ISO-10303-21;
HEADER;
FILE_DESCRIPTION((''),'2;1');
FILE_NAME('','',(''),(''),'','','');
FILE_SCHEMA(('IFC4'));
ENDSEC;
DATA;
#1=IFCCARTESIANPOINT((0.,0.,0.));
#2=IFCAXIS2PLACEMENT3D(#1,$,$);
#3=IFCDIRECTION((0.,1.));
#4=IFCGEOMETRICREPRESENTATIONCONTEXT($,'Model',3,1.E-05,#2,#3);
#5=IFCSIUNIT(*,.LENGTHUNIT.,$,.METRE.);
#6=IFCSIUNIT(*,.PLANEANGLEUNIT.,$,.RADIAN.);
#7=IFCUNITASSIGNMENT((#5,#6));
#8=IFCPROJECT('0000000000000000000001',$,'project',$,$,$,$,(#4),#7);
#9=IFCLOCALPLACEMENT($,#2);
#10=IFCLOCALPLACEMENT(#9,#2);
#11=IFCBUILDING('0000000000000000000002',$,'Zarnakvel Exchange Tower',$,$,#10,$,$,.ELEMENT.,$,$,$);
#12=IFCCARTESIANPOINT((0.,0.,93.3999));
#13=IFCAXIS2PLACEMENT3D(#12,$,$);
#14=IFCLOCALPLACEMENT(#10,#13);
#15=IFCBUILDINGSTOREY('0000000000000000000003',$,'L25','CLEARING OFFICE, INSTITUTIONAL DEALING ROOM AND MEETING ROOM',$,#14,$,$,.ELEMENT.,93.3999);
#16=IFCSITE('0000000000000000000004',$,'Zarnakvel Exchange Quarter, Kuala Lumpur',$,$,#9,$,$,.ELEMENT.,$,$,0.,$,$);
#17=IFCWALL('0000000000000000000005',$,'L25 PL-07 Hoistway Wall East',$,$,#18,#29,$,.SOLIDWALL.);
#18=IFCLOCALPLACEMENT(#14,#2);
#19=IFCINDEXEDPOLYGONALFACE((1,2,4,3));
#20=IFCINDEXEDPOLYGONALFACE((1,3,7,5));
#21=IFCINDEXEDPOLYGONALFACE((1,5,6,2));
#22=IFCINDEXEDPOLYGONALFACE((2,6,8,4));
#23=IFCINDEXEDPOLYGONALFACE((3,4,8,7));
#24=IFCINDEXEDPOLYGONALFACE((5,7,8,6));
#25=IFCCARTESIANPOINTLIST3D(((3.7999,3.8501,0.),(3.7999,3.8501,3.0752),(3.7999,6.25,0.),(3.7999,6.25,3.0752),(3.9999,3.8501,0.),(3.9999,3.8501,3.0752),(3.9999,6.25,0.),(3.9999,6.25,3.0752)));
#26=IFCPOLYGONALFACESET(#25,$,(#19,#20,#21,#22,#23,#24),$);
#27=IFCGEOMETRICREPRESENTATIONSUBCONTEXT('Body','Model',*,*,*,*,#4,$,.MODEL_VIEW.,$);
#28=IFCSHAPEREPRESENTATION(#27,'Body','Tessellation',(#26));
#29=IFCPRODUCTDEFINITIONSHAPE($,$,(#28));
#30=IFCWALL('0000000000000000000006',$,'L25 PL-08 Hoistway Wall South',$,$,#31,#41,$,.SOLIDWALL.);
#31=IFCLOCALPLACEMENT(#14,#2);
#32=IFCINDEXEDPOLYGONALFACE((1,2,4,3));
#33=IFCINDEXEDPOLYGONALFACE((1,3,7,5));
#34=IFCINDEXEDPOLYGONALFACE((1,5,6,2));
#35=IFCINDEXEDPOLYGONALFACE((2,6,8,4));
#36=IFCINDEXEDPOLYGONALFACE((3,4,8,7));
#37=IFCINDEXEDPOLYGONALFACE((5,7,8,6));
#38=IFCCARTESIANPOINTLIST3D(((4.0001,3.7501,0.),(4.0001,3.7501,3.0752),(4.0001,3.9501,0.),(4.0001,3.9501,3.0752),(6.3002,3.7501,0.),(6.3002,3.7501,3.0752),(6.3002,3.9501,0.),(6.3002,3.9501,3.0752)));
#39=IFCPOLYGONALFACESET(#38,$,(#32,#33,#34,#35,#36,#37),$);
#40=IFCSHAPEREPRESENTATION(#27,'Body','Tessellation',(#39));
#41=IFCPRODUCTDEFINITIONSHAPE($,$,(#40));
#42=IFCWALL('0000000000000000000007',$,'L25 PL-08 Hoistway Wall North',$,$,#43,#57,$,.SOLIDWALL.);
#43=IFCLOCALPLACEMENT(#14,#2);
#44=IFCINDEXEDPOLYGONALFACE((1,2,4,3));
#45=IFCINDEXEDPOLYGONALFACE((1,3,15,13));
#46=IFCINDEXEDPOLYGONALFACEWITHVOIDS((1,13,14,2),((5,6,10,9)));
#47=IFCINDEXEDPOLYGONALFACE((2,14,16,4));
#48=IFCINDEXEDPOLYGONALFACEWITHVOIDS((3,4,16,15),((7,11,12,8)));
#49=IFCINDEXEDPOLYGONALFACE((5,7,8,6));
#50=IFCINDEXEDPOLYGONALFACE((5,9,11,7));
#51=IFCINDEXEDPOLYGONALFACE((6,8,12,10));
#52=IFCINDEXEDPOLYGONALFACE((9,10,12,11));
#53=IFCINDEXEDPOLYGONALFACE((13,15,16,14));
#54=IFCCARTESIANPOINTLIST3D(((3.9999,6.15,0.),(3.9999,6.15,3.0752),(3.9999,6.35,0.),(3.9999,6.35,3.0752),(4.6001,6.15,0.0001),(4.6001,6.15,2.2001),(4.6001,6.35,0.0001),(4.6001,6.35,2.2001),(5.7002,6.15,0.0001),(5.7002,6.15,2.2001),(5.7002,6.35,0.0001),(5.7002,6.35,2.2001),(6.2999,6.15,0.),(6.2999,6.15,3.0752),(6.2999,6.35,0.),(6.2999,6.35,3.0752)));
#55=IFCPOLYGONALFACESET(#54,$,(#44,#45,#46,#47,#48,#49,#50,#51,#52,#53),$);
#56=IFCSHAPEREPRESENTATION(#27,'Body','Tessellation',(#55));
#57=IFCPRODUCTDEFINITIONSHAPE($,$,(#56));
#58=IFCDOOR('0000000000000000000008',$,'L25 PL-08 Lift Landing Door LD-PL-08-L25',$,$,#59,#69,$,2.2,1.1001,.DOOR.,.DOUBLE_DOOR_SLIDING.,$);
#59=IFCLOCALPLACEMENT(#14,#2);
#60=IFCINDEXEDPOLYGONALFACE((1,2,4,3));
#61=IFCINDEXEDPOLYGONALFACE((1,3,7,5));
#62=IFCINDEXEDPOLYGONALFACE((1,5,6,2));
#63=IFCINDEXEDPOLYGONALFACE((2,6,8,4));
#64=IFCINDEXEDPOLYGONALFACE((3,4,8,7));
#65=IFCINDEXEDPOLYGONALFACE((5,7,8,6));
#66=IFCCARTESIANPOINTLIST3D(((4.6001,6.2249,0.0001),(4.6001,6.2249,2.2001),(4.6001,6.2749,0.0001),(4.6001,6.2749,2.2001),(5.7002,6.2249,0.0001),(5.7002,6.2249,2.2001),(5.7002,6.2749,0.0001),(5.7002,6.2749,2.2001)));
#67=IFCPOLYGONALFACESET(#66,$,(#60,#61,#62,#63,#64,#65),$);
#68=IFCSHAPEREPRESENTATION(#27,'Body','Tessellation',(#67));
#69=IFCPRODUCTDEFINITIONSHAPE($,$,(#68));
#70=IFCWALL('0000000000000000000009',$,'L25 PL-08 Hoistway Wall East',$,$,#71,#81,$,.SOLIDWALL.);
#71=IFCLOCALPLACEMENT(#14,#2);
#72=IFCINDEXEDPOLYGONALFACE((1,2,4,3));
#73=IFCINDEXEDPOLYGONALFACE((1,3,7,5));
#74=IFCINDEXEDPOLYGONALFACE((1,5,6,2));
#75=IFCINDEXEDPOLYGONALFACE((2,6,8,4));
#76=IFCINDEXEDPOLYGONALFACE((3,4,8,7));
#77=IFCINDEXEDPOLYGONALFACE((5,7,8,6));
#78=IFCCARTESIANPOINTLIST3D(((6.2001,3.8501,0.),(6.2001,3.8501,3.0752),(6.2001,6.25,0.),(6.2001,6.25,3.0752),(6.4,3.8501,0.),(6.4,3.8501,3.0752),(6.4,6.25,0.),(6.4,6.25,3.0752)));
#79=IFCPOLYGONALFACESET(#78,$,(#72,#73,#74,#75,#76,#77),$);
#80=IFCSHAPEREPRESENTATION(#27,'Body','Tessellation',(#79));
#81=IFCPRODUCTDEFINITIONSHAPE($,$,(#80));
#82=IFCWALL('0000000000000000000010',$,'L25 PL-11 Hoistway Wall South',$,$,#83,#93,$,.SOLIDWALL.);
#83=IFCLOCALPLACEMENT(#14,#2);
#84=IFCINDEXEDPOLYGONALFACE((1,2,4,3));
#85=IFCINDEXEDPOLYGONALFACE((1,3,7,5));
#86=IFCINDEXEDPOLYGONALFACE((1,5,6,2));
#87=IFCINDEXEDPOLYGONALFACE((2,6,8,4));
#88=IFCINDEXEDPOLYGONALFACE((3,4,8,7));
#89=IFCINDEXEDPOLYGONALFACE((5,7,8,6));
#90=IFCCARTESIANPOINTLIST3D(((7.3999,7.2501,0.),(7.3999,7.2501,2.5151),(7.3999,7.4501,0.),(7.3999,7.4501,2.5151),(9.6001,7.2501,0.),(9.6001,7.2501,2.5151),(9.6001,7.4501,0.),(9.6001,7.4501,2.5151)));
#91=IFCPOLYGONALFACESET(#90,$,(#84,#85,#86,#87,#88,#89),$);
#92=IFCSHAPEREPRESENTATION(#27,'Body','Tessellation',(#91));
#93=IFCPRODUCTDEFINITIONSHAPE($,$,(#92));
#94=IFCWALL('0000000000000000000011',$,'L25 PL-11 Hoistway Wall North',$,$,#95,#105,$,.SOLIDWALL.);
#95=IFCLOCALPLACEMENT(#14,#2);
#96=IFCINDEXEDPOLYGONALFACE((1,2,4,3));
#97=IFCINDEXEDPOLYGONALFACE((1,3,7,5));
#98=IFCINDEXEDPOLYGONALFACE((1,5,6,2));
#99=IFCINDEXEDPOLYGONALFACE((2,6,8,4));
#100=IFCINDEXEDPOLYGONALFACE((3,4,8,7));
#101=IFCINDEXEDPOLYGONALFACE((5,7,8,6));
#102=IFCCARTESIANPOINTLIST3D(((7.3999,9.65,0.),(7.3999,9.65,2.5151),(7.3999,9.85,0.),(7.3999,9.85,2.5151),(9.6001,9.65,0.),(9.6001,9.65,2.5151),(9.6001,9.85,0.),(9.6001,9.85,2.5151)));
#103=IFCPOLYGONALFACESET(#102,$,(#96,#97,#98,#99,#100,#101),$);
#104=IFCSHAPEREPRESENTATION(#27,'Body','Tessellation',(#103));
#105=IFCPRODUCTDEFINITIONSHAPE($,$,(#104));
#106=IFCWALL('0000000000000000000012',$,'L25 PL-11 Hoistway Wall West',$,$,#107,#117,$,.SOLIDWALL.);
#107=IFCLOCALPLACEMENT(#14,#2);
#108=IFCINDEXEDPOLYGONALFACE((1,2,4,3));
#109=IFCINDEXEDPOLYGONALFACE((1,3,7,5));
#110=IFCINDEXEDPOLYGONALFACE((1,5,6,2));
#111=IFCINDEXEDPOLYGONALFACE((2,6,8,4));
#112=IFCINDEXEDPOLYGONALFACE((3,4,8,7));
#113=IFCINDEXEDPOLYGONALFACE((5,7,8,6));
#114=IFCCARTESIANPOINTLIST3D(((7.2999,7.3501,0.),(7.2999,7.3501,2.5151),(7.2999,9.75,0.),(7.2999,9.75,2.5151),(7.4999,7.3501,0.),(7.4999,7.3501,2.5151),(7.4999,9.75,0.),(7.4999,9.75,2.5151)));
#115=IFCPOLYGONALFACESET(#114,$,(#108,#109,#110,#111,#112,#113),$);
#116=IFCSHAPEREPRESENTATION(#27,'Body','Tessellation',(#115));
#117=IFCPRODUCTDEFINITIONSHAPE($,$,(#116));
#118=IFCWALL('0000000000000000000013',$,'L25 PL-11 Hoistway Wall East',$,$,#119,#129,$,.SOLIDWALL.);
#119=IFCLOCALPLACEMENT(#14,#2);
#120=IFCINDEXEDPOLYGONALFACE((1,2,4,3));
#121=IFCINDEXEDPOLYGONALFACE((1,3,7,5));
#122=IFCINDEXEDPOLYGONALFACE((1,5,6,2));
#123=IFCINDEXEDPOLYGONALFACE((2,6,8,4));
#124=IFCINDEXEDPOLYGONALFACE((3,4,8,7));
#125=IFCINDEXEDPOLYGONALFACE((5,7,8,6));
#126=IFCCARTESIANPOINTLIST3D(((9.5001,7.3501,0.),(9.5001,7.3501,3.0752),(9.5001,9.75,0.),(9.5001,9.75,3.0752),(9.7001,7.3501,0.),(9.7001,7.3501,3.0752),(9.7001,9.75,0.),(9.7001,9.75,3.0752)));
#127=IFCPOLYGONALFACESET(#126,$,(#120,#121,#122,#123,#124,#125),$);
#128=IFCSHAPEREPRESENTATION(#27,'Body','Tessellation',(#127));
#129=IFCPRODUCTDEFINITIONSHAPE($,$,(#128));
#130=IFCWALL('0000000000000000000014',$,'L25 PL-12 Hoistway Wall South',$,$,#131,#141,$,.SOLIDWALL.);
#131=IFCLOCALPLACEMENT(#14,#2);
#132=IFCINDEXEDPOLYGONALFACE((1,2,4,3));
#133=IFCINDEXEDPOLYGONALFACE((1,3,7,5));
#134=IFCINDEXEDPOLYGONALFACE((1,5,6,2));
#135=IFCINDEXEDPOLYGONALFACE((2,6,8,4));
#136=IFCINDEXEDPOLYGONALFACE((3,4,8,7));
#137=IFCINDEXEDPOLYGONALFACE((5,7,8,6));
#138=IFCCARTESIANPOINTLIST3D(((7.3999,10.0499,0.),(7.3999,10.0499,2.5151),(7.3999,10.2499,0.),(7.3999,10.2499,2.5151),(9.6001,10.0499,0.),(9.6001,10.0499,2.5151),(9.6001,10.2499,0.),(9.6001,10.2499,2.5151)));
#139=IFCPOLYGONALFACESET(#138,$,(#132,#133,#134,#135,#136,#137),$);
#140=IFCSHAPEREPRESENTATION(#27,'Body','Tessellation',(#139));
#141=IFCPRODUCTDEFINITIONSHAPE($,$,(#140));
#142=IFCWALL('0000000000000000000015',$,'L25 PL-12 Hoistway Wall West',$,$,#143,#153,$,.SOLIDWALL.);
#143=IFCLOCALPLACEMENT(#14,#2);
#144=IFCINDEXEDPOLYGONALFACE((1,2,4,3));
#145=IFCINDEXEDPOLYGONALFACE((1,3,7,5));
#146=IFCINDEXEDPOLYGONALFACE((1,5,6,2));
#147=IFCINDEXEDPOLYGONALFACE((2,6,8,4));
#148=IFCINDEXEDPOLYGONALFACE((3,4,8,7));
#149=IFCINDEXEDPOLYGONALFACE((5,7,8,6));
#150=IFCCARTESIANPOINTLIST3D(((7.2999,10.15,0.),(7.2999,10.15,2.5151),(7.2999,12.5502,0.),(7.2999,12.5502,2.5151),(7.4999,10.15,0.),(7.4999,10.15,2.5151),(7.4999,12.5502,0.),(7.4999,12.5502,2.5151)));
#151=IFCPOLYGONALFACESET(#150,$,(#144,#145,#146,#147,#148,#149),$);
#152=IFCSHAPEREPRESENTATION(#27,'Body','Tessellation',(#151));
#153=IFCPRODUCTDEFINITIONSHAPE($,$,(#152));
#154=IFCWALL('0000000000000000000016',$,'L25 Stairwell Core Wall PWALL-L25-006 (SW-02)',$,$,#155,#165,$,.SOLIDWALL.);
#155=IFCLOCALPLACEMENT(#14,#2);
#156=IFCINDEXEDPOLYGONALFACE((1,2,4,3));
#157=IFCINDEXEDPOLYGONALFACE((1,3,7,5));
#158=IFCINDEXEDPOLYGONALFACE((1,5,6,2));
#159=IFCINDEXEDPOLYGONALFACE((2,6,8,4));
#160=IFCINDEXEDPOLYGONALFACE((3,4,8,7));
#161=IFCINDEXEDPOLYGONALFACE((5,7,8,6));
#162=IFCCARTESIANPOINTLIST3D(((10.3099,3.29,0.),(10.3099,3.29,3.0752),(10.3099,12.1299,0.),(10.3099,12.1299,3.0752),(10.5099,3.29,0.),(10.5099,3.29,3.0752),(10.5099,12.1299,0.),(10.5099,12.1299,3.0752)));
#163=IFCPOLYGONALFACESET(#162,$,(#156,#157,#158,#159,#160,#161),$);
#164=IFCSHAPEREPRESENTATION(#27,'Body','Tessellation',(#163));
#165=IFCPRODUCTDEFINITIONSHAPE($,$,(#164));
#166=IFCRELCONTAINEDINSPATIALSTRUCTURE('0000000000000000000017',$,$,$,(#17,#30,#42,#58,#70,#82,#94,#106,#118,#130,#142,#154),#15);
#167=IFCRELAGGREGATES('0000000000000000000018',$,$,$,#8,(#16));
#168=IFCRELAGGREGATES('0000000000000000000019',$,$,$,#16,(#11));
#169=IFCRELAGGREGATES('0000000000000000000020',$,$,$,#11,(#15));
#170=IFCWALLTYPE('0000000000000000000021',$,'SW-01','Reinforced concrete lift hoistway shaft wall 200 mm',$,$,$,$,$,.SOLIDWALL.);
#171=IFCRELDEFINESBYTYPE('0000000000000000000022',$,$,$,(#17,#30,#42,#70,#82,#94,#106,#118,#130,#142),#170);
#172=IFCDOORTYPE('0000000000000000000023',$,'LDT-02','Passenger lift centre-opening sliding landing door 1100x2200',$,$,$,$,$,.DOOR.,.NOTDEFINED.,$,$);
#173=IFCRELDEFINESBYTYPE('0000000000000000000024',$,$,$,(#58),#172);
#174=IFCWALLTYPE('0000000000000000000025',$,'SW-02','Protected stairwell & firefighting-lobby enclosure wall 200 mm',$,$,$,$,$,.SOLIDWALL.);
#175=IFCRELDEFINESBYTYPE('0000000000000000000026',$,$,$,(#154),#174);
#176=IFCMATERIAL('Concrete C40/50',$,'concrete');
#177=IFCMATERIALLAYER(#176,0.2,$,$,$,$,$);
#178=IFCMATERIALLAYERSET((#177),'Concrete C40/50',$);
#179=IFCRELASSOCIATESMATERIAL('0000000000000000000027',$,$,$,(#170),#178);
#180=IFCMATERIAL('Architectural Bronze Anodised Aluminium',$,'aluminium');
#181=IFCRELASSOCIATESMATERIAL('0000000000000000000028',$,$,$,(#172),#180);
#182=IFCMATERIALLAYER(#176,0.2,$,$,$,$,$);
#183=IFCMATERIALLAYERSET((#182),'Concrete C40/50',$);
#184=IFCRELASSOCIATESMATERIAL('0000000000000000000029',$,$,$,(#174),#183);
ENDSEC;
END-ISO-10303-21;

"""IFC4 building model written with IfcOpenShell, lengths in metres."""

from ifc_helpers import new_model, si_unit, direction, frame, frame_2d, origin, place, context, subcontext, project, spatial, rectangle, extrude, source, transform, mapped, material, layer, layer_set, type_object, element, fill, save


model = new_model("IFC4")

# Units and contexts
model_context = context("Model", 3, precision=1e-05, world=origin(), true_north=direction((0.0, 1.0)))
body_context = subcontext(model_context, "Body", "Model", "MODEL_VIEW")
ifc_project = project(units=[si_unit("LENGTHUNIT", "METRE"), si_unit("PLANEANGLEUNIT", "RADIAN")], contexts=[model_context])

# Site, building, storey
site_placement = place(None, origin())
site = spatial("IfcSite", under=ifc_project, at=site_placement, Name="Zarnakvel Exchange Quarter, Kuala Lumpur", CompositionType="ELEMENT", RefElevation=0.0)
building_placement = place(site_placement, origin())
building = spatial("IfcBuilding", under=site, at=building_placement, Name="Zarnakvel Exchange Tower", CompositionType="ELEMENT")
storey_placement = place(building_placement, frame((0.0, 0.0, 93.3999)))
storey = spatial("IfcBuildingStorey", under=building, at=storey_placement, Name="L25", Description="CLEARING OFFICE, INSTITUTIONAL DEALING ROOM AND MEETING ROOM", CompositionType="ELEMENT", Elevation=93.3999)

# Shared definitions
ifc_material_1 = material(Name="Concrete C40/50", Category="concrete")
ifc_layer_1 = layer(ifc_material_1, 0.2)
ifc_layer_set_1 = layer_set([ifc_layer_1], Name="Concrete C40/50")
wall_type_1 = type_object("IfcWallType", Name="SW-01", Description="Reinforced concrete lift hoistway shaft wall 200 mm", PredefinedType="SOLIDWALL", material=ifc_layer_set_1)
shared_shape_1 = source(origin(), body_context, "Body", "SweptSolid", [
    extrude(rectangle(XDim=1.1001, YDim=2.2, at=frame_2d((0.55, 1.1001))), frame((0.0, 0.0249, 0.0), z_axis=(0.0, -1.0, 0.0), x_axis=(1.0, 0.0, 0.0)), (0.0, 0.0, 1.0), 0.05),
])

# Shared definitions
ifc_material_2 = material(Name="Architectural Bronze Anodised Aluminium", Category="aluminium")
door_type_1 = type_object("IfcDoorType", Name="LDT-02", Description="Passenger lift centre-opening sliding landing door 1100x2200", OperationType="NOTDEFINED", PredefinedType="DOOR", material=ifc_material_2)

# Walls
for number, where, z_axis, x_axis, name in (
    (1, (3.8999, 6.25, 0.0), (0.0, 0.0, 1.0), (0.0, -1.0, 0.0), "L25 PL-07 Hoistway Wall East"),
):
    element("IfcWall", number, at=place(storey_placement, frame(where, z_axis=z_axis, x_axis=x_axis)), inside=storey, type_object=wall_type_1, Name=name, PredefinedType="SOLIDWALL", context=body_context, shape_type="SweptSolid", body=[
        extrude(rectangle(XDim=2.3999, YDim=0.2, at=frame_2d((1.2, 0.0))), origin(), (0.0, 0.0, 1.0), 3.0752),
    ])
wall_1_placement = place(storey_placement, frame((6.3, 3.8501, 0.0), z_axis=(0.0, 0.0, 1.0), x_axis=(-1.0, 0.0, 0.0)))
element("IfcWall", 2, at=wall_1_placement, inside=storey, type_object=wall_type_1, Name="L25 PL-08 Hoistway Wall South", PredefinedType="SOLIDWALL", context=body_context, shape_type="SweptSolid", body=[
    extrude(rectangle(XDim=2.3, YDim=0.2, at=frame_2d((1.1499, 0.0))), origin(), (0.0, 0.0, 1.0), 3.0752),
])

# Wall, opening, door
wall_2_placement = place(storey_placement, frame((4.0, 6.25, 0.0), z_axis=(0.0, 0.0, 1.0), x_axis=(1.0, 0.0, 0.0)))
wall_2 = element("IfcWall", 3, at=wall_2_placement, inside=storey, type_object=wall_type_1, Name="L25 PL-08 Hoistway Wall North", PredefinedType="SOLIDWALL", context=body_context, shape_type="SweptSolid", body=[
    extrude(rectangle(XDim=2.3, YDim=0.2, at=frame_2d((1.1499, 0.0))), origin(), (0.0, 0.0, 1.0), 3.0752),
])
opening_1_placement = place(wall_2_placement, frame((0.6001, 0.0, 0.0)))
opening_1 = element("IfcOpeningElement", 4, at=opening_1_placement, cuts=wall_2, PredefinedType="OPENING", context=body_context, shape_type="SweptSolid", body=[
    extrude(rectangle(XDim=1.1001, YDim=2.2, at=frame_2d((0.55, 1.1001))), frame((0.0, 0.1099, 0.0), z_axis=(0.0, -1.0, 0.0), x_axis=(1.0, 0.0, 0.0)), (0.0, 0.0, 1.0), 0.22),
])
door_1_placement = place(opening_1_placement, origin())
door_1 = element("IfcDoor", 5, at=door_1_placement, inside=storey, type_object=door_type_1, Name="L25 PL-08 Lift Landing Door LD-PL-08-L25", OperationType="DOUBLE_DOOR_SLIDING", OverallHeight=2.2, OverallWidth=1.1001, PredefinedType="DOOR", context=body_context, shape_type="MappedRepresentation", body=[
    mapped(shared_shape_1, transform((0.0, 0.0, 0.0), x_axis=(1.0, 0.0, 0.0), y_axis=(0.0, 1.0, 0.0), z_axis=(0.0, 0.0, 1.0), scale=1.0)),
])
fill(opening_1, door_1)

# Walls
wall_3_placement = place(storey_placement, frame((6.3, 6.25, 0.0), z_axis=(0.0, 0.0, 1.0), x_axis=(0.0, -1.0, 0.0)))
element("IfcWall", 6, at=wall_3_placement, inside=storey, type_object=wall_type_1, Name="L25 PL-08 Hoistway Wall East", PredefinedType="SOLIDWALL", context=body_context, shape_type="SweptSolid", body=[
    extrude(rectangle(XDim=2.3999, YDim=0.2, at=frame_2d((1.2, 0.0))), origin(), (0.0, 0.0, 1.0), 3.0752),
])
for number, where, z_axis, x_axis, name in (
    (7, (9.6001, 7.3501, 0.0), (0.0, 0.0, 1.0), (-1.0, 0.0, 0.0), "L25 PL-11 Hoistway Wall South"),
    (8, (7.3999, 9.75, 0.0), (0.0, 0.0, 1.0), (1.0, 0.0, 0.0), "L25 PL-11 Hoistway Wall North"),
):
    element("IfcWall", number, at=place(storey_placement, frame(where, z_axis=z_axis, x_axis=x_axis)), inside=storey, type_object=wall_type_1, Name=name, PredefinedType="SOLIDWALL", context=body_context, shape_type="SweptSolid", body=[
        extrude(rectangle(XDim=2.2002, YDim=0.2, at=frame_2d((1.1001, 0.0))), origin(), (0.0, 0.0, 1.0), 2.5151),
    ])
wall_4_placement = place(storey_placement, frame((7.3999, 7.3501, 0.0), z_axis=(0.0, 0.0, 1.0), x_axis=(0.0, 1.0, 0.0)))
element("IfcWall", 9, at=wall_4_placement, inside=storey, type_object=wall_type_1, Name="L25 PL-11 Hoistway Wall West", PredefinedType="SOLIDWALL", context=body_context, shape_type="SweptSolid", body=[
    extrude(rectangle(XDim=2.3999, YDim=0.2, at=frame_2d((1.2, 0.0))), origin(), (0.0, 0.0, 1.0), 2.5151),
])
wall_5_placement = place(storey_placement, frame((9.6001, 9.75, 0.0), z_axis=(0.0, 0.0, 1.0), x_axis=(0.0, -1.0, 0.0)))
element("IfcWall", 10, at=wall_5_placement, inside=storey, type_object=wall_type_1, Name="L25 PL-11 Hoistway Wall East", PredefinedType="SOLIDWALL", context=body_context, shape_type="SweptSolid", body=[
    extrude(rectangle(XDim=2.3999, YDim=0.2, at=frame_2d((1.2, 0.0))), origin(), (0.0, 0.0, 1.0), 3.0752),
])
wall_6_placement = place(storey_placement, frame((9.6001, 10.1499, 0.0), z_axis=(0.0, 0.0, 1.0), x_axis=(-1.0, 0.0, 0.0)))
element("IfcWall", 11, at=wall_6_placement, inside=storey, type_object=wall_type_1, Name="L25 PL-12 Hoistway Wall South", PredefinedType="SOLIDWALL", context=body_context, shape_type="SweptSolid", body=[
    extrude(rectangle(XDim=2.2002, YDim=0.2, at=frame_2d((1.1001, 0.0))), origin(), (0.0, 0.0, 1.0), 2.5151),
])
wall_7_placement = place(storey_placement, frame((7.3999, 10.1499, 0.0), z_axis=(0.0, 0.0, 1.0), x_axis=(0.0, 1.0, 0.0)))
element("IfcWall", 12, at=wall_7_placement, inside=storey, type_object=wall_type_1, Name="L25 PL-12 Hoistway Wall West", PredefinedType="SOLIDWALL", context=body_context, shape_type="SweptSolid", body=[
    extrude(rectangle(XDim=2.4001, YDim=0.2, at=frame_2d((1.2002, 0.0))), origin(), (0.0, 0.0, 1.0), 2.5151),
])
ifc_layer_2 = layer(ifc_material_1, 0.2)
ifc_layer_set_2 = layer_set([ifc_layer_2], Name="Concrete C40/50")
wall_type_2 = type_object("IfcWallType", Name="SW-02", Description="Protected stairwell & firefighting-lobby enclosure wall 200 mm", PredefinedType="SOLIDWALL", material=ifc_layer_set_2)
wall_8_placement = place(storey_placement, frame((10.4099, 3.29, 0.0), z_axis=(0.0, 0.0, 1.0), x_axis=(0.0, 1.0, 0.0)))
element("IfcWall", 13, at=wall_8_placement, inside=storey, type_object=wall_type_2, Name="L25 Stairwell Core Wall PWALL-L25-006 (SW-02)", PredefinedType="SOLIDWALL", context=body_context, shape_type="SweptSolid", body=[
    extrude(rectangle(XDim=8.8398, YDim=0.2, at=frame_2d((4.4199, 0.0))), origin(), (0.0, 0.0, 1.0), 3.0752),
])

save(model, "model.ifc")
